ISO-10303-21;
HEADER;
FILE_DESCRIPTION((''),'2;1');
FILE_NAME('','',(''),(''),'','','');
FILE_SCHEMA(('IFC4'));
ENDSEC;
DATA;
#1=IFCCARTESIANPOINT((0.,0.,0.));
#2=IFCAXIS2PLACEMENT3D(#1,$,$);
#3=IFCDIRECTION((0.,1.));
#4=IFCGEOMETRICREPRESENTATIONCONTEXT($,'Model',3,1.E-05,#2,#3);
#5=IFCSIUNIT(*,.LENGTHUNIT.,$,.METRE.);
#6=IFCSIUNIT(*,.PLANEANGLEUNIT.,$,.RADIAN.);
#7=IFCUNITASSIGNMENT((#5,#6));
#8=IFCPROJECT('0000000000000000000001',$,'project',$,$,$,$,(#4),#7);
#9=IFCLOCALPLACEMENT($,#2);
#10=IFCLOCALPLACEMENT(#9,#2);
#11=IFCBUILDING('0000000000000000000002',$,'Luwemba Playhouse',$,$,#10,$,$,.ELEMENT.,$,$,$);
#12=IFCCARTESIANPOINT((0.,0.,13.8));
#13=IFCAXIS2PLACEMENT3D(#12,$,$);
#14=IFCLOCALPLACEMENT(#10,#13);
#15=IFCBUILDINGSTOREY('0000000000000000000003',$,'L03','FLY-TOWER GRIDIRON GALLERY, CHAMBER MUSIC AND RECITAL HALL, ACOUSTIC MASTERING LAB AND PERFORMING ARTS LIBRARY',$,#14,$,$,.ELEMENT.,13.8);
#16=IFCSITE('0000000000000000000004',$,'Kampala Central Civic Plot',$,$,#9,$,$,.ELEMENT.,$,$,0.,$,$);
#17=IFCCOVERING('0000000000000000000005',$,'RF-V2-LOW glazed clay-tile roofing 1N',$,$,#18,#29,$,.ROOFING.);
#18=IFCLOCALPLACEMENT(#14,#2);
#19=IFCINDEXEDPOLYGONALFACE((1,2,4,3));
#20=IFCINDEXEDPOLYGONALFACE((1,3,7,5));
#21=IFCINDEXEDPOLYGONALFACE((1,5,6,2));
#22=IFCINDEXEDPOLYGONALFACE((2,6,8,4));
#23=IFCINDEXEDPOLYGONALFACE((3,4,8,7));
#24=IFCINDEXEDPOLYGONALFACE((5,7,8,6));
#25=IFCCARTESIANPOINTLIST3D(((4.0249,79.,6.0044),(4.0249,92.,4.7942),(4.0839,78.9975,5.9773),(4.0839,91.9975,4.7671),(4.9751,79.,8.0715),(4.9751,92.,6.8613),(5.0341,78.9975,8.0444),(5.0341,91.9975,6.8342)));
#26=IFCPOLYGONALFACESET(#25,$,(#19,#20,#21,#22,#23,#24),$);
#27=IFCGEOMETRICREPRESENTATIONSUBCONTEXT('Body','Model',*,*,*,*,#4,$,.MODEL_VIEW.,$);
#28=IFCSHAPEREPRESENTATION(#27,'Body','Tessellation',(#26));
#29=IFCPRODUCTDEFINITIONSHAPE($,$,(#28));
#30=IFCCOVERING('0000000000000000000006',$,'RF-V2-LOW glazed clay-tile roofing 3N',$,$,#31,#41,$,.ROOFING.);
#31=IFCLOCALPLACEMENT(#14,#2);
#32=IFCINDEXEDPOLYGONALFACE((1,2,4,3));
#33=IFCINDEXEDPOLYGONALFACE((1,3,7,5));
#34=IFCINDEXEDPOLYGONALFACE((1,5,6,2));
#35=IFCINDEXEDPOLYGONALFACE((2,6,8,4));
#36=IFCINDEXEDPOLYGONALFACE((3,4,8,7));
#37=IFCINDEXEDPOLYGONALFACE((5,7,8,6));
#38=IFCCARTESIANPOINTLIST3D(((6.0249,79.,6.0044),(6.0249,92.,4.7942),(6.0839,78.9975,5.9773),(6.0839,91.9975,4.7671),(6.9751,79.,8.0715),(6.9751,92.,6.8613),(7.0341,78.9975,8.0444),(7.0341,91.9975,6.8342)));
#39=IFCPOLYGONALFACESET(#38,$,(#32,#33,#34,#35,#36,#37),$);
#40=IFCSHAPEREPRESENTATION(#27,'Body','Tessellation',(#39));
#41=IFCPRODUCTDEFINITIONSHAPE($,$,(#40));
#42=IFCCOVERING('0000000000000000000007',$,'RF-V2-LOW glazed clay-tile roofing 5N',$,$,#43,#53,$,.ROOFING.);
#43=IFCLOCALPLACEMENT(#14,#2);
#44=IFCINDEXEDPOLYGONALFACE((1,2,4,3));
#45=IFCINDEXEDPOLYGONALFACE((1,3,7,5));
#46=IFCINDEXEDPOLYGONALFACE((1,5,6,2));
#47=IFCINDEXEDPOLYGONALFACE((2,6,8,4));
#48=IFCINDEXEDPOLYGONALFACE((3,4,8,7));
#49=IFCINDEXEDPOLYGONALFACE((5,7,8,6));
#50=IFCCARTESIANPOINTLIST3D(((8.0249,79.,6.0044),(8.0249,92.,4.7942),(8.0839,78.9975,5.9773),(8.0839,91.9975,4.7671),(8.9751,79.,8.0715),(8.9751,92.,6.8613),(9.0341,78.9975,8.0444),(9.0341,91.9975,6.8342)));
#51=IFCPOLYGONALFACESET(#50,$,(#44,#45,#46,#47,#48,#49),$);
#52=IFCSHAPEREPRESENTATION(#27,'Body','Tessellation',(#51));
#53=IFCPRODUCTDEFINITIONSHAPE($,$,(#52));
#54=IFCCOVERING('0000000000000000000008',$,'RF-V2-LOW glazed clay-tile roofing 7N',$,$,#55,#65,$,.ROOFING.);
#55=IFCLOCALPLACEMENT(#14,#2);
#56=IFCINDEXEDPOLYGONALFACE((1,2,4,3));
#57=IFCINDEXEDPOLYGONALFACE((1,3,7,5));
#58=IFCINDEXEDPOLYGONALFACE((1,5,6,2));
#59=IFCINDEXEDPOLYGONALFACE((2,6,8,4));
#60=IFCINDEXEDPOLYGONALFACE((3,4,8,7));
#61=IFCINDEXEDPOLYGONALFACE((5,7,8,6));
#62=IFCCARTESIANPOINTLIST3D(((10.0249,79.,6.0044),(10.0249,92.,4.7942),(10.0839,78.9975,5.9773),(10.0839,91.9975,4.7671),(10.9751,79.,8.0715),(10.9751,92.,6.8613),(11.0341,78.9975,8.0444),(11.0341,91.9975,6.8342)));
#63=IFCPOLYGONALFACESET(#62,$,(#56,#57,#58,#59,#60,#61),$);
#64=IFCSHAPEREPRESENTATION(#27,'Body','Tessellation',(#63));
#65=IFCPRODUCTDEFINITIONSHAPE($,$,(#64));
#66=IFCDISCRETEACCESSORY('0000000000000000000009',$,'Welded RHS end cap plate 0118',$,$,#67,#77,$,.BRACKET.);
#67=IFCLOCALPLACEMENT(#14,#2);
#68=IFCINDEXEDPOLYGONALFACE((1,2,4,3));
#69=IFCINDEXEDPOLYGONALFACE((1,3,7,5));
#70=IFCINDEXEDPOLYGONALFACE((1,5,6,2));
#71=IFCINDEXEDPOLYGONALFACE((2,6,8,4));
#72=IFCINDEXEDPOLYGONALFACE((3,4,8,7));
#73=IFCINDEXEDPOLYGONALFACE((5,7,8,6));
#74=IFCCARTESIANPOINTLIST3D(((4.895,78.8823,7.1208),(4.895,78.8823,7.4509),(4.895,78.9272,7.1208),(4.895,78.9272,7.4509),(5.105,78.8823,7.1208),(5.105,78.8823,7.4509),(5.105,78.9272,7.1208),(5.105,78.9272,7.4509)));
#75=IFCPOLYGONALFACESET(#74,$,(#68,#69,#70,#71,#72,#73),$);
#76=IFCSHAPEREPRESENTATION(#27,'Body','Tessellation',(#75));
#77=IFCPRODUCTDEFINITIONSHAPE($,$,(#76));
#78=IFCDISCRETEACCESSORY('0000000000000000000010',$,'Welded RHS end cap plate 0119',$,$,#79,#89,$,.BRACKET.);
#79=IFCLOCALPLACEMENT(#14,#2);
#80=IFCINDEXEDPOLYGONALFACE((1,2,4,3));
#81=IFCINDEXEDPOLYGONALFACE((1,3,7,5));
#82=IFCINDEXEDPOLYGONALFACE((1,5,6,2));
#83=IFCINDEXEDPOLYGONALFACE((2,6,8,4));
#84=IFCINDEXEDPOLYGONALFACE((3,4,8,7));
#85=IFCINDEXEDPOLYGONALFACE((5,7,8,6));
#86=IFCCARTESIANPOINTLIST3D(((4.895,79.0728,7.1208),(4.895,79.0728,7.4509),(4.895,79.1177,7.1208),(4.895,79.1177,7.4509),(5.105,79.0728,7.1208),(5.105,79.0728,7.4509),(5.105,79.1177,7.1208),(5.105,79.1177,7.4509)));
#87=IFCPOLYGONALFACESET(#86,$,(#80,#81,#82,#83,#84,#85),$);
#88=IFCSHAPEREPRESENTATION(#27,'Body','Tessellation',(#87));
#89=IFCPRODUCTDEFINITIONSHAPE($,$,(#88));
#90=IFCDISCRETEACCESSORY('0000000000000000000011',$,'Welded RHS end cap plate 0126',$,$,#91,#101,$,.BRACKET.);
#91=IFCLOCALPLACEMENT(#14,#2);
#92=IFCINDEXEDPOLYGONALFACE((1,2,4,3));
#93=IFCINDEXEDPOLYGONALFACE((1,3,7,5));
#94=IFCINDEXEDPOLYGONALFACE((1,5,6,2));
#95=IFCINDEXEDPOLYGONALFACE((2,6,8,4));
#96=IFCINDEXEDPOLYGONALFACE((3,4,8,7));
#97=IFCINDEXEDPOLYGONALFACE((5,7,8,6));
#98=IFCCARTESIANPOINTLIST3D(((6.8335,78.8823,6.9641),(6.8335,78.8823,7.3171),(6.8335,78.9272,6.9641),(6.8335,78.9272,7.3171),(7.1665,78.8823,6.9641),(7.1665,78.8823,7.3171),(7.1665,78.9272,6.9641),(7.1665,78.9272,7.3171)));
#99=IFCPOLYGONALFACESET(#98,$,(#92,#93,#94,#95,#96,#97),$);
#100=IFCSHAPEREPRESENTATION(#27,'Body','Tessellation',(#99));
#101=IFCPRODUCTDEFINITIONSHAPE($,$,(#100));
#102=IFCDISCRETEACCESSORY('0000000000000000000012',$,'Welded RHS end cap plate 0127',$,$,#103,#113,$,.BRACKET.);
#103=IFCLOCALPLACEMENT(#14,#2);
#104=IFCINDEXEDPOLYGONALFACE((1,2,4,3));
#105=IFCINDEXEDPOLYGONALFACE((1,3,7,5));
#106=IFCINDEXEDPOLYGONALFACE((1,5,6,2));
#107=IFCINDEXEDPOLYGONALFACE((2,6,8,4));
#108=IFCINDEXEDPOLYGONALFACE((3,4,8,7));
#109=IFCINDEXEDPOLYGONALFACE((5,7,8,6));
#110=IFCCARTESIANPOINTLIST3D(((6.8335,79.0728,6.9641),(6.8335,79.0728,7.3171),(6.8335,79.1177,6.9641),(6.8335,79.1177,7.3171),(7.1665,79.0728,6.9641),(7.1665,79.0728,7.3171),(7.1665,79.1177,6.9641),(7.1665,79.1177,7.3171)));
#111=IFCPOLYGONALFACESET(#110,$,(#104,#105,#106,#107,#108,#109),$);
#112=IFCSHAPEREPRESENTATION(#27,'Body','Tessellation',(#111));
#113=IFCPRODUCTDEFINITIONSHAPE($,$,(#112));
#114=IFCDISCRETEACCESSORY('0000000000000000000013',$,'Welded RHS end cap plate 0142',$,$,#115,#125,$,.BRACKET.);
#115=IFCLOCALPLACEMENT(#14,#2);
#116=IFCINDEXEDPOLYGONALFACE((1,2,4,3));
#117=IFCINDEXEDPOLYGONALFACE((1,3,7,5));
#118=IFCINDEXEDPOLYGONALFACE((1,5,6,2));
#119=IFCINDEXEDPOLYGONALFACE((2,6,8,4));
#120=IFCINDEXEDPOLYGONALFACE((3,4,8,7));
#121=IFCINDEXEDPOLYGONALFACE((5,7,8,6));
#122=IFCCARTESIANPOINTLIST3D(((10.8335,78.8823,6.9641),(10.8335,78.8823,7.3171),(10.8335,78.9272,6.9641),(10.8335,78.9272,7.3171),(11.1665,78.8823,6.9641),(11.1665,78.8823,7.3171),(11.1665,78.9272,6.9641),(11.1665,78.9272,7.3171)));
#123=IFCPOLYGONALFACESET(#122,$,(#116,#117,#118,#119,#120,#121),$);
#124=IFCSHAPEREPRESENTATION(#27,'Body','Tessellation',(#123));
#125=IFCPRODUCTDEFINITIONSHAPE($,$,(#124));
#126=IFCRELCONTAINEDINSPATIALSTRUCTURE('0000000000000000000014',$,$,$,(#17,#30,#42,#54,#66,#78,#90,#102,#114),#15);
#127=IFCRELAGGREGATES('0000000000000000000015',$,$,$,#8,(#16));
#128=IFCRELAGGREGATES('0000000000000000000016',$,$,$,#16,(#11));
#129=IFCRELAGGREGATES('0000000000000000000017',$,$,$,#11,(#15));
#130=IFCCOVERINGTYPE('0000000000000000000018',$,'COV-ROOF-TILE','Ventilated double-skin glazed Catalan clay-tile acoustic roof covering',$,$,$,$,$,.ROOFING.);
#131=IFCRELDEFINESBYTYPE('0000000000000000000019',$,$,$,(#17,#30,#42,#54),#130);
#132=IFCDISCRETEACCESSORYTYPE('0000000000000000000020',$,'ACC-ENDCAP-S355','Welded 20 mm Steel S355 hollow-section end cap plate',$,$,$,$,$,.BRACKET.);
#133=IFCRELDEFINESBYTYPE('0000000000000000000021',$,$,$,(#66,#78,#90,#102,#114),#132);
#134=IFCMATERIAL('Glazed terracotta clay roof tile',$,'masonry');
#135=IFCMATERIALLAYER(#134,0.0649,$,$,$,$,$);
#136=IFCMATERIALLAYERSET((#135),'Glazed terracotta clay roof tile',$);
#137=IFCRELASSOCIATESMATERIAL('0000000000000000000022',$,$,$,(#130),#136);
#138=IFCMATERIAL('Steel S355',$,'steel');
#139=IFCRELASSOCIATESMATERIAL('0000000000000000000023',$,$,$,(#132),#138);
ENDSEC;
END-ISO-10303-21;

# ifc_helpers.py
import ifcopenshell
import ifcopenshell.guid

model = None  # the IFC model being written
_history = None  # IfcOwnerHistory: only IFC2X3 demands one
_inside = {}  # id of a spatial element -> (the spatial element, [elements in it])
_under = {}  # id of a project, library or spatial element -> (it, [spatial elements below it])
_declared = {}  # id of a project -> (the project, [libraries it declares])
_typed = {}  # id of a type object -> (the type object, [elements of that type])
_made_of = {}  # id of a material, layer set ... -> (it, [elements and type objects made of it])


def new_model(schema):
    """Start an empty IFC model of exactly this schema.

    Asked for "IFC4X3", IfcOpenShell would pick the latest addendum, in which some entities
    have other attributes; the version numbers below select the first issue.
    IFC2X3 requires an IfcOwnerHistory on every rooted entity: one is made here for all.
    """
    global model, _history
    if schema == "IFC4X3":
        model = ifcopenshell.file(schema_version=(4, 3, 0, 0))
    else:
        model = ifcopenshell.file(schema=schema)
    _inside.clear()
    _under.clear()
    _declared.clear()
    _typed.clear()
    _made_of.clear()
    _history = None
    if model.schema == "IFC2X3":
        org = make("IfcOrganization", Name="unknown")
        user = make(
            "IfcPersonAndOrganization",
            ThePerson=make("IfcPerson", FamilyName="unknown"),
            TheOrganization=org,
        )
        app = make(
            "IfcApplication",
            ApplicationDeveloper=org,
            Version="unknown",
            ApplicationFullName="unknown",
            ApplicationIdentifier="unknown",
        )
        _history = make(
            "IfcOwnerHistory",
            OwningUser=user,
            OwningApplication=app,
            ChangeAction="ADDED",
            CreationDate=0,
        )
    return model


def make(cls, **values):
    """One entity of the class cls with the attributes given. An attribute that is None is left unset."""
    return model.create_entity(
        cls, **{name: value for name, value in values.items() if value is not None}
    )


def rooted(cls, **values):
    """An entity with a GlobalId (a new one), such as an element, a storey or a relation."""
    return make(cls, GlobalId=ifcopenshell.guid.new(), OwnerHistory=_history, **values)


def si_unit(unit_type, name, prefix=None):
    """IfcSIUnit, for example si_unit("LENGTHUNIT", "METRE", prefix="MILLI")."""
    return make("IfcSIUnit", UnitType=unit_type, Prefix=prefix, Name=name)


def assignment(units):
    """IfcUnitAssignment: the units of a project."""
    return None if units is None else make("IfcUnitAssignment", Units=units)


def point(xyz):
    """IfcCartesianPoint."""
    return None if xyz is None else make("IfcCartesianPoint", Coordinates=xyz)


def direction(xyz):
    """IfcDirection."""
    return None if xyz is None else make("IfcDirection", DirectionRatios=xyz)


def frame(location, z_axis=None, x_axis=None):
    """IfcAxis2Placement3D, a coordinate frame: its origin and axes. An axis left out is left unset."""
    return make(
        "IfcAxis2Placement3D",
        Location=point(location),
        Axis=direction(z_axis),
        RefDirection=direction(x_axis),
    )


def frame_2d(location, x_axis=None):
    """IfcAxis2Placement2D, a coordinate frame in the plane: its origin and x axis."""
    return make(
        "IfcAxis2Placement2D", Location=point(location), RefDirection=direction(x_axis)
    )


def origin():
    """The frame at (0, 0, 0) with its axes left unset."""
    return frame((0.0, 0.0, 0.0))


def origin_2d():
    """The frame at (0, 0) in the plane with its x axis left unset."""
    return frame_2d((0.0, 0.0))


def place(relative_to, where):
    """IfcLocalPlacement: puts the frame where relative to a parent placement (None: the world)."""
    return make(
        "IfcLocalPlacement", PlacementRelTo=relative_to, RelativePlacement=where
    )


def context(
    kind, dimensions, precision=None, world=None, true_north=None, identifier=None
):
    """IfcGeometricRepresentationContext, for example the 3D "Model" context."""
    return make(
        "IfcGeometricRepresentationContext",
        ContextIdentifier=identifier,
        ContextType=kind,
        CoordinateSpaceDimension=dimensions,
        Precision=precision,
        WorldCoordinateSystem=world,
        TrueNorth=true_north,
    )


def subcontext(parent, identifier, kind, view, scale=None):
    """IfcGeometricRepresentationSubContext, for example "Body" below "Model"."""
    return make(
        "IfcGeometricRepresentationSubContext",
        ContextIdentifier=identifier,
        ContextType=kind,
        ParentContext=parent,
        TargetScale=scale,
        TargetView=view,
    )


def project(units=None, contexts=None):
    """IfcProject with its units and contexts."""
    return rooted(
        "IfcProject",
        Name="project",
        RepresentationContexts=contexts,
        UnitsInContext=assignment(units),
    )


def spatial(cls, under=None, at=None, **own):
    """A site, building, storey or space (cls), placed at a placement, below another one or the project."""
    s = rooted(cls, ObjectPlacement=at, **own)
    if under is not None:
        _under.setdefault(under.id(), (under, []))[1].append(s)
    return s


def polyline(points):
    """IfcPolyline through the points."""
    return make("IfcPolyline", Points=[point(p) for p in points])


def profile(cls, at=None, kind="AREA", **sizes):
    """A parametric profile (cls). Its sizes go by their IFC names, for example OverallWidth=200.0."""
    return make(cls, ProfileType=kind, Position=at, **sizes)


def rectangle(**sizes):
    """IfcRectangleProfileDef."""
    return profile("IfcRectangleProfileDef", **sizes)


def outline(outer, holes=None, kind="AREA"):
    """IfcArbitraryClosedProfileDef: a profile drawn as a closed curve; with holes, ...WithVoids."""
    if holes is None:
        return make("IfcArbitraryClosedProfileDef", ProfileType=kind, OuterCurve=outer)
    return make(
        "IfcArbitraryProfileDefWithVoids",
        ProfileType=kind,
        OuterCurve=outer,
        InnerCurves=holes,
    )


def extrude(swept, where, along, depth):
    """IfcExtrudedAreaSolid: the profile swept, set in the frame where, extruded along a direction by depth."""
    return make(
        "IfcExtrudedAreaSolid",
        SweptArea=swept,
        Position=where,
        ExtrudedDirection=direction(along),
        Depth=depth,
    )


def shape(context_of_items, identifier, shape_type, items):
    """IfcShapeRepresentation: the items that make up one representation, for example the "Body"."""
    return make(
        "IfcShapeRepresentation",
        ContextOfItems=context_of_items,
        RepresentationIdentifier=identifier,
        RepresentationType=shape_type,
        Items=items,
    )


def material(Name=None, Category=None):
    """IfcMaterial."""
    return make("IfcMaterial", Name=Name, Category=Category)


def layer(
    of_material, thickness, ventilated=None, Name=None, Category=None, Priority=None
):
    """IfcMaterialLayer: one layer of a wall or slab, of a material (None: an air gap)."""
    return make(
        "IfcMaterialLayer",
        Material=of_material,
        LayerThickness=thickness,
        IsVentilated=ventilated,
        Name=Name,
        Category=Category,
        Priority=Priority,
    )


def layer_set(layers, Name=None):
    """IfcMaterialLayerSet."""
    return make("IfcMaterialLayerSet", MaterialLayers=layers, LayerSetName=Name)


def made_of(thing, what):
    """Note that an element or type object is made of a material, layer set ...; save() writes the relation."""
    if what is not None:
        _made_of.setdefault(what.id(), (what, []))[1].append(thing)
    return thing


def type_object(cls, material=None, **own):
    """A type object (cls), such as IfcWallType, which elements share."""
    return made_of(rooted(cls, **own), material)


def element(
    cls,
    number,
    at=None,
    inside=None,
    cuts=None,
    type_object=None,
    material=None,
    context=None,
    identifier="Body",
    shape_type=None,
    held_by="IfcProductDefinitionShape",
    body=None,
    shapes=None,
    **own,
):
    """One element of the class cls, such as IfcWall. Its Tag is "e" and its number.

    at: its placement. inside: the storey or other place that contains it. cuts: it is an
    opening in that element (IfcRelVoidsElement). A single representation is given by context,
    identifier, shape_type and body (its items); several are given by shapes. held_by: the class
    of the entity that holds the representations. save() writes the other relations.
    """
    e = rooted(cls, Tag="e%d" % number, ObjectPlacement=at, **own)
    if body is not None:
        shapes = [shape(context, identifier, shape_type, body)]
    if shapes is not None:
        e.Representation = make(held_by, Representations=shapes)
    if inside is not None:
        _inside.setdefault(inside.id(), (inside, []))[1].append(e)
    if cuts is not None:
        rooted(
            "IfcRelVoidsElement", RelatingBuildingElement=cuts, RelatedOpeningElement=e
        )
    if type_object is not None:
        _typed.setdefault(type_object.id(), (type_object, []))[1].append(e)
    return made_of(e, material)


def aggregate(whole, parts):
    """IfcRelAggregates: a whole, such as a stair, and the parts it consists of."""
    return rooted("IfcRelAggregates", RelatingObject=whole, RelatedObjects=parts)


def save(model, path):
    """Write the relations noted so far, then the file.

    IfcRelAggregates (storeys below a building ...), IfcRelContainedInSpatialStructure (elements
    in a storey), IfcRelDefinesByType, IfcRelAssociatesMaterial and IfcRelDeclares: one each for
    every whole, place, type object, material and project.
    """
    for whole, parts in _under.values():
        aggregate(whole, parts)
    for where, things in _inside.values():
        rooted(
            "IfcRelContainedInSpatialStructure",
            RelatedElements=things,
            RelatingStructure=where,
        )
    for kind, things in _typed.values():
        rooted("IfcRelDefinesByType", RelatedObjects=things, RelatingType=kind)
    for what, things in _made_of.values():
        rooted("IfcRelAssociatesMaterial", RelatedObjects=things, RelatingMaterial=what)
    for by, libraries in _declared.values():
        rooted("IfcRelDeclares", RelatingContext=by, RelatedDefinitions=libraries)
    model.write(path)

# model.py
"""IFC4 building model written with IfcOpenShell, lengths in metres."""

from ifc_helpers import new_model, si_unit, direction, frame, origin, origin_2d, place, context, subcontext, project, spatial, polyline, rectangle, outline, extrude, material, layer, layer_set, type_object, element, save


model = new_model("IFC4")

# Units and contexts
model_context = context("Model", 3, precision=1e-05, world=origin(), true_north=direction((0.0, 1.0)))
body_context = subcontext(model_context, "Body", "Model", "MODEL_VIEW")
ifc_project = project(units=[si_unit("LENGTHUNIT", "METRE"), si_unit("PLANEANGLEUNIT", "RADIAN")], contexts=[model_context])

# Site, building, storey
site_placement = place(None, origin())
site = spatial("IfcSite", under=ifc_project, at=site_placement, Name="Kampala Central Civic Plot", CompositionType="ELEMENT", RefElevation=0.0)
building_placement = place(site_placement, origin())
building = spatial("IfcBuilding", under=site, at=building_placement, Name="Luwemba Playhouse", CompositionType="ELEMENT")
storey_placement = place(building_placement, frame((0.0, 0.0, 13.8)))
storey = spatial("IfcBuildingStorey", under=building, at=storey_placement, Name="L03", Description="FLY-TOWER GRIDIRON GALLERY, CHAMBER MUSIC AND RECITAL HALL, ACOUSTIC MASTERING LAB AND PERFORMING ARTS LIBRARY", CompositionType="ELEMENT", Elevation=13.8)

# Shared definitions
ifc_material_1 = material(Name="Steel S355", Category="steel")

# Coverings
ifc_material_2 = material(Name="Glazed terracotta clay roof tile", Category="masonry")
ifc_layer_1 = layer(ifc_material_2, 0.0649)
ifc_layer_set_1 = layer_set([ifc_layer_1], Name="Glazed terracotta clay roof tile")
covering_type = type_object("IfcCoveringType", Name="COV-ROOF-TILE", Description="Ventilated double-skin glazed Catalan clay-tile acoustic roof covering", PredefinedType="ROOFING", material=ifc_layer_set_1)
for number, where, z_axis, x_axis, name in (
    (1, (4.0249, 79.0, 6.0044), (-0.907919, 0.038851, 0.41734), (0.417656, 0.0, 0.908605), "RF-V2-LOW glazed clay-tile roofing 1N"),
    (2, (6.0249, 79.0, 6.0044), (-0.907919, 0.038851, 0.41734), (0.417656, 0.0, 0.908605), "RF-V2-LOW glazed clay-tile roofing 3N"),
    (3, (8.0249, 79.0, 6.0044), (-0.907919, 0.038851, 0.41734), (0.417656, 0.0, 0.908605), "RF-V2-LOW glazed clay-tile roofing 5N"),
    (4, (10.0249, 79.0, 6.0044), (-0.907919, 0.038851, 0.41734), (0.417656, 0.0, 0.908605), "RF-V2-LOW glazed clay-tile roofing 7N"),
):
    element("IfcCovering", number, at=place(storey_placement, frame(where, z_axis=z_axis, x_axis=x_axis)), inside=storey, type_object=covering_type, Name=name, PredefinedType="ROOFING", context=body_context, shape_type="SweptSolid", body=[
        extrude(outline(polyline([(0.0, 0.0), (2.2751, 0.0), (1.1755, 13.0098), (-1.0996, 13.0098), (0.0, 0.0)])), origin(), (0.0, 0.0, -1.0), 0.0649),
    ])

# Discrete accessories
discrete_accessory_type = type_object("IfcDiscreteAccessoryType", Name="ACC-ENDCAP-S355", Description="Welded 20 mm Steel S355 hollow-section end cap plate", PredefinedType="BRACKET", material=ifc_material_1)
for number, where, z_axis, x_axis, name in (
    (5, (5.0, 78.9048, 7.1208), (0.0, 0.0, 1.0), (1.0, 0.0, 0.0), "Welded RHS end cap plate 0118"),
    (6, (5.0, 79.0952, 7.1208), (0.0, 0.0, 1.0), (1.0, 0.0, 0.0), "Welded RHS end cap plate 0119"),
):
    element("IfcDiscreteAccessory", number, at=place(storey_placement, frame(where, z_axis=z_axis, x_axis=x_axis)), inside=storey, type_object=discrete_accessory_type, Name=name, PredefinedType="BRACKET", context=body_context, shape_type="SweptSolid", body=[
        extrude(rectangle(XDim=0.21, YDim=0.0449, at=origin_2d()), origin(), (0.0, 0.0, 1.0), 0.3301),
    ])
for number, where, z_axis, x_axis, name in (
    (7, (7.0, 78.9048, 6.9641), (0.0, 0.0, 1.0), (1.0, 0.0, 0.0), "Welded RHS end cap plate 0126"),
    (8, (7.0, 79.0952, 6.9641), (0.0, 0.0, 1.0), (1.0, 0.0, 0.0), "Welded RHS end cap plate 0127"),
    (9, (11.0, 78.9048, 6.9641), (0.0, 0.0, 1.0), (1.0, 0.0, 0.0), "Welded RHS end cap plate 0142"),
):
    element("IfcDiscreteAccessory", number, at=place(storey_placement, frame(where, z_axis=z_axis, x_axis=x_axis)), inside=storey, type_object=discrete_accessory_type, Name=name, PredefinedType="BRACKET", context=body_context, shape_type="SweptSolid", body=[
        extrude(rectangle(XDim=0.333, YDim=0.0449, at=origin_2d()), origin(), (0.0, 0.0, 1.0), 0.353),
    ])

save(model, "model.ifc")
